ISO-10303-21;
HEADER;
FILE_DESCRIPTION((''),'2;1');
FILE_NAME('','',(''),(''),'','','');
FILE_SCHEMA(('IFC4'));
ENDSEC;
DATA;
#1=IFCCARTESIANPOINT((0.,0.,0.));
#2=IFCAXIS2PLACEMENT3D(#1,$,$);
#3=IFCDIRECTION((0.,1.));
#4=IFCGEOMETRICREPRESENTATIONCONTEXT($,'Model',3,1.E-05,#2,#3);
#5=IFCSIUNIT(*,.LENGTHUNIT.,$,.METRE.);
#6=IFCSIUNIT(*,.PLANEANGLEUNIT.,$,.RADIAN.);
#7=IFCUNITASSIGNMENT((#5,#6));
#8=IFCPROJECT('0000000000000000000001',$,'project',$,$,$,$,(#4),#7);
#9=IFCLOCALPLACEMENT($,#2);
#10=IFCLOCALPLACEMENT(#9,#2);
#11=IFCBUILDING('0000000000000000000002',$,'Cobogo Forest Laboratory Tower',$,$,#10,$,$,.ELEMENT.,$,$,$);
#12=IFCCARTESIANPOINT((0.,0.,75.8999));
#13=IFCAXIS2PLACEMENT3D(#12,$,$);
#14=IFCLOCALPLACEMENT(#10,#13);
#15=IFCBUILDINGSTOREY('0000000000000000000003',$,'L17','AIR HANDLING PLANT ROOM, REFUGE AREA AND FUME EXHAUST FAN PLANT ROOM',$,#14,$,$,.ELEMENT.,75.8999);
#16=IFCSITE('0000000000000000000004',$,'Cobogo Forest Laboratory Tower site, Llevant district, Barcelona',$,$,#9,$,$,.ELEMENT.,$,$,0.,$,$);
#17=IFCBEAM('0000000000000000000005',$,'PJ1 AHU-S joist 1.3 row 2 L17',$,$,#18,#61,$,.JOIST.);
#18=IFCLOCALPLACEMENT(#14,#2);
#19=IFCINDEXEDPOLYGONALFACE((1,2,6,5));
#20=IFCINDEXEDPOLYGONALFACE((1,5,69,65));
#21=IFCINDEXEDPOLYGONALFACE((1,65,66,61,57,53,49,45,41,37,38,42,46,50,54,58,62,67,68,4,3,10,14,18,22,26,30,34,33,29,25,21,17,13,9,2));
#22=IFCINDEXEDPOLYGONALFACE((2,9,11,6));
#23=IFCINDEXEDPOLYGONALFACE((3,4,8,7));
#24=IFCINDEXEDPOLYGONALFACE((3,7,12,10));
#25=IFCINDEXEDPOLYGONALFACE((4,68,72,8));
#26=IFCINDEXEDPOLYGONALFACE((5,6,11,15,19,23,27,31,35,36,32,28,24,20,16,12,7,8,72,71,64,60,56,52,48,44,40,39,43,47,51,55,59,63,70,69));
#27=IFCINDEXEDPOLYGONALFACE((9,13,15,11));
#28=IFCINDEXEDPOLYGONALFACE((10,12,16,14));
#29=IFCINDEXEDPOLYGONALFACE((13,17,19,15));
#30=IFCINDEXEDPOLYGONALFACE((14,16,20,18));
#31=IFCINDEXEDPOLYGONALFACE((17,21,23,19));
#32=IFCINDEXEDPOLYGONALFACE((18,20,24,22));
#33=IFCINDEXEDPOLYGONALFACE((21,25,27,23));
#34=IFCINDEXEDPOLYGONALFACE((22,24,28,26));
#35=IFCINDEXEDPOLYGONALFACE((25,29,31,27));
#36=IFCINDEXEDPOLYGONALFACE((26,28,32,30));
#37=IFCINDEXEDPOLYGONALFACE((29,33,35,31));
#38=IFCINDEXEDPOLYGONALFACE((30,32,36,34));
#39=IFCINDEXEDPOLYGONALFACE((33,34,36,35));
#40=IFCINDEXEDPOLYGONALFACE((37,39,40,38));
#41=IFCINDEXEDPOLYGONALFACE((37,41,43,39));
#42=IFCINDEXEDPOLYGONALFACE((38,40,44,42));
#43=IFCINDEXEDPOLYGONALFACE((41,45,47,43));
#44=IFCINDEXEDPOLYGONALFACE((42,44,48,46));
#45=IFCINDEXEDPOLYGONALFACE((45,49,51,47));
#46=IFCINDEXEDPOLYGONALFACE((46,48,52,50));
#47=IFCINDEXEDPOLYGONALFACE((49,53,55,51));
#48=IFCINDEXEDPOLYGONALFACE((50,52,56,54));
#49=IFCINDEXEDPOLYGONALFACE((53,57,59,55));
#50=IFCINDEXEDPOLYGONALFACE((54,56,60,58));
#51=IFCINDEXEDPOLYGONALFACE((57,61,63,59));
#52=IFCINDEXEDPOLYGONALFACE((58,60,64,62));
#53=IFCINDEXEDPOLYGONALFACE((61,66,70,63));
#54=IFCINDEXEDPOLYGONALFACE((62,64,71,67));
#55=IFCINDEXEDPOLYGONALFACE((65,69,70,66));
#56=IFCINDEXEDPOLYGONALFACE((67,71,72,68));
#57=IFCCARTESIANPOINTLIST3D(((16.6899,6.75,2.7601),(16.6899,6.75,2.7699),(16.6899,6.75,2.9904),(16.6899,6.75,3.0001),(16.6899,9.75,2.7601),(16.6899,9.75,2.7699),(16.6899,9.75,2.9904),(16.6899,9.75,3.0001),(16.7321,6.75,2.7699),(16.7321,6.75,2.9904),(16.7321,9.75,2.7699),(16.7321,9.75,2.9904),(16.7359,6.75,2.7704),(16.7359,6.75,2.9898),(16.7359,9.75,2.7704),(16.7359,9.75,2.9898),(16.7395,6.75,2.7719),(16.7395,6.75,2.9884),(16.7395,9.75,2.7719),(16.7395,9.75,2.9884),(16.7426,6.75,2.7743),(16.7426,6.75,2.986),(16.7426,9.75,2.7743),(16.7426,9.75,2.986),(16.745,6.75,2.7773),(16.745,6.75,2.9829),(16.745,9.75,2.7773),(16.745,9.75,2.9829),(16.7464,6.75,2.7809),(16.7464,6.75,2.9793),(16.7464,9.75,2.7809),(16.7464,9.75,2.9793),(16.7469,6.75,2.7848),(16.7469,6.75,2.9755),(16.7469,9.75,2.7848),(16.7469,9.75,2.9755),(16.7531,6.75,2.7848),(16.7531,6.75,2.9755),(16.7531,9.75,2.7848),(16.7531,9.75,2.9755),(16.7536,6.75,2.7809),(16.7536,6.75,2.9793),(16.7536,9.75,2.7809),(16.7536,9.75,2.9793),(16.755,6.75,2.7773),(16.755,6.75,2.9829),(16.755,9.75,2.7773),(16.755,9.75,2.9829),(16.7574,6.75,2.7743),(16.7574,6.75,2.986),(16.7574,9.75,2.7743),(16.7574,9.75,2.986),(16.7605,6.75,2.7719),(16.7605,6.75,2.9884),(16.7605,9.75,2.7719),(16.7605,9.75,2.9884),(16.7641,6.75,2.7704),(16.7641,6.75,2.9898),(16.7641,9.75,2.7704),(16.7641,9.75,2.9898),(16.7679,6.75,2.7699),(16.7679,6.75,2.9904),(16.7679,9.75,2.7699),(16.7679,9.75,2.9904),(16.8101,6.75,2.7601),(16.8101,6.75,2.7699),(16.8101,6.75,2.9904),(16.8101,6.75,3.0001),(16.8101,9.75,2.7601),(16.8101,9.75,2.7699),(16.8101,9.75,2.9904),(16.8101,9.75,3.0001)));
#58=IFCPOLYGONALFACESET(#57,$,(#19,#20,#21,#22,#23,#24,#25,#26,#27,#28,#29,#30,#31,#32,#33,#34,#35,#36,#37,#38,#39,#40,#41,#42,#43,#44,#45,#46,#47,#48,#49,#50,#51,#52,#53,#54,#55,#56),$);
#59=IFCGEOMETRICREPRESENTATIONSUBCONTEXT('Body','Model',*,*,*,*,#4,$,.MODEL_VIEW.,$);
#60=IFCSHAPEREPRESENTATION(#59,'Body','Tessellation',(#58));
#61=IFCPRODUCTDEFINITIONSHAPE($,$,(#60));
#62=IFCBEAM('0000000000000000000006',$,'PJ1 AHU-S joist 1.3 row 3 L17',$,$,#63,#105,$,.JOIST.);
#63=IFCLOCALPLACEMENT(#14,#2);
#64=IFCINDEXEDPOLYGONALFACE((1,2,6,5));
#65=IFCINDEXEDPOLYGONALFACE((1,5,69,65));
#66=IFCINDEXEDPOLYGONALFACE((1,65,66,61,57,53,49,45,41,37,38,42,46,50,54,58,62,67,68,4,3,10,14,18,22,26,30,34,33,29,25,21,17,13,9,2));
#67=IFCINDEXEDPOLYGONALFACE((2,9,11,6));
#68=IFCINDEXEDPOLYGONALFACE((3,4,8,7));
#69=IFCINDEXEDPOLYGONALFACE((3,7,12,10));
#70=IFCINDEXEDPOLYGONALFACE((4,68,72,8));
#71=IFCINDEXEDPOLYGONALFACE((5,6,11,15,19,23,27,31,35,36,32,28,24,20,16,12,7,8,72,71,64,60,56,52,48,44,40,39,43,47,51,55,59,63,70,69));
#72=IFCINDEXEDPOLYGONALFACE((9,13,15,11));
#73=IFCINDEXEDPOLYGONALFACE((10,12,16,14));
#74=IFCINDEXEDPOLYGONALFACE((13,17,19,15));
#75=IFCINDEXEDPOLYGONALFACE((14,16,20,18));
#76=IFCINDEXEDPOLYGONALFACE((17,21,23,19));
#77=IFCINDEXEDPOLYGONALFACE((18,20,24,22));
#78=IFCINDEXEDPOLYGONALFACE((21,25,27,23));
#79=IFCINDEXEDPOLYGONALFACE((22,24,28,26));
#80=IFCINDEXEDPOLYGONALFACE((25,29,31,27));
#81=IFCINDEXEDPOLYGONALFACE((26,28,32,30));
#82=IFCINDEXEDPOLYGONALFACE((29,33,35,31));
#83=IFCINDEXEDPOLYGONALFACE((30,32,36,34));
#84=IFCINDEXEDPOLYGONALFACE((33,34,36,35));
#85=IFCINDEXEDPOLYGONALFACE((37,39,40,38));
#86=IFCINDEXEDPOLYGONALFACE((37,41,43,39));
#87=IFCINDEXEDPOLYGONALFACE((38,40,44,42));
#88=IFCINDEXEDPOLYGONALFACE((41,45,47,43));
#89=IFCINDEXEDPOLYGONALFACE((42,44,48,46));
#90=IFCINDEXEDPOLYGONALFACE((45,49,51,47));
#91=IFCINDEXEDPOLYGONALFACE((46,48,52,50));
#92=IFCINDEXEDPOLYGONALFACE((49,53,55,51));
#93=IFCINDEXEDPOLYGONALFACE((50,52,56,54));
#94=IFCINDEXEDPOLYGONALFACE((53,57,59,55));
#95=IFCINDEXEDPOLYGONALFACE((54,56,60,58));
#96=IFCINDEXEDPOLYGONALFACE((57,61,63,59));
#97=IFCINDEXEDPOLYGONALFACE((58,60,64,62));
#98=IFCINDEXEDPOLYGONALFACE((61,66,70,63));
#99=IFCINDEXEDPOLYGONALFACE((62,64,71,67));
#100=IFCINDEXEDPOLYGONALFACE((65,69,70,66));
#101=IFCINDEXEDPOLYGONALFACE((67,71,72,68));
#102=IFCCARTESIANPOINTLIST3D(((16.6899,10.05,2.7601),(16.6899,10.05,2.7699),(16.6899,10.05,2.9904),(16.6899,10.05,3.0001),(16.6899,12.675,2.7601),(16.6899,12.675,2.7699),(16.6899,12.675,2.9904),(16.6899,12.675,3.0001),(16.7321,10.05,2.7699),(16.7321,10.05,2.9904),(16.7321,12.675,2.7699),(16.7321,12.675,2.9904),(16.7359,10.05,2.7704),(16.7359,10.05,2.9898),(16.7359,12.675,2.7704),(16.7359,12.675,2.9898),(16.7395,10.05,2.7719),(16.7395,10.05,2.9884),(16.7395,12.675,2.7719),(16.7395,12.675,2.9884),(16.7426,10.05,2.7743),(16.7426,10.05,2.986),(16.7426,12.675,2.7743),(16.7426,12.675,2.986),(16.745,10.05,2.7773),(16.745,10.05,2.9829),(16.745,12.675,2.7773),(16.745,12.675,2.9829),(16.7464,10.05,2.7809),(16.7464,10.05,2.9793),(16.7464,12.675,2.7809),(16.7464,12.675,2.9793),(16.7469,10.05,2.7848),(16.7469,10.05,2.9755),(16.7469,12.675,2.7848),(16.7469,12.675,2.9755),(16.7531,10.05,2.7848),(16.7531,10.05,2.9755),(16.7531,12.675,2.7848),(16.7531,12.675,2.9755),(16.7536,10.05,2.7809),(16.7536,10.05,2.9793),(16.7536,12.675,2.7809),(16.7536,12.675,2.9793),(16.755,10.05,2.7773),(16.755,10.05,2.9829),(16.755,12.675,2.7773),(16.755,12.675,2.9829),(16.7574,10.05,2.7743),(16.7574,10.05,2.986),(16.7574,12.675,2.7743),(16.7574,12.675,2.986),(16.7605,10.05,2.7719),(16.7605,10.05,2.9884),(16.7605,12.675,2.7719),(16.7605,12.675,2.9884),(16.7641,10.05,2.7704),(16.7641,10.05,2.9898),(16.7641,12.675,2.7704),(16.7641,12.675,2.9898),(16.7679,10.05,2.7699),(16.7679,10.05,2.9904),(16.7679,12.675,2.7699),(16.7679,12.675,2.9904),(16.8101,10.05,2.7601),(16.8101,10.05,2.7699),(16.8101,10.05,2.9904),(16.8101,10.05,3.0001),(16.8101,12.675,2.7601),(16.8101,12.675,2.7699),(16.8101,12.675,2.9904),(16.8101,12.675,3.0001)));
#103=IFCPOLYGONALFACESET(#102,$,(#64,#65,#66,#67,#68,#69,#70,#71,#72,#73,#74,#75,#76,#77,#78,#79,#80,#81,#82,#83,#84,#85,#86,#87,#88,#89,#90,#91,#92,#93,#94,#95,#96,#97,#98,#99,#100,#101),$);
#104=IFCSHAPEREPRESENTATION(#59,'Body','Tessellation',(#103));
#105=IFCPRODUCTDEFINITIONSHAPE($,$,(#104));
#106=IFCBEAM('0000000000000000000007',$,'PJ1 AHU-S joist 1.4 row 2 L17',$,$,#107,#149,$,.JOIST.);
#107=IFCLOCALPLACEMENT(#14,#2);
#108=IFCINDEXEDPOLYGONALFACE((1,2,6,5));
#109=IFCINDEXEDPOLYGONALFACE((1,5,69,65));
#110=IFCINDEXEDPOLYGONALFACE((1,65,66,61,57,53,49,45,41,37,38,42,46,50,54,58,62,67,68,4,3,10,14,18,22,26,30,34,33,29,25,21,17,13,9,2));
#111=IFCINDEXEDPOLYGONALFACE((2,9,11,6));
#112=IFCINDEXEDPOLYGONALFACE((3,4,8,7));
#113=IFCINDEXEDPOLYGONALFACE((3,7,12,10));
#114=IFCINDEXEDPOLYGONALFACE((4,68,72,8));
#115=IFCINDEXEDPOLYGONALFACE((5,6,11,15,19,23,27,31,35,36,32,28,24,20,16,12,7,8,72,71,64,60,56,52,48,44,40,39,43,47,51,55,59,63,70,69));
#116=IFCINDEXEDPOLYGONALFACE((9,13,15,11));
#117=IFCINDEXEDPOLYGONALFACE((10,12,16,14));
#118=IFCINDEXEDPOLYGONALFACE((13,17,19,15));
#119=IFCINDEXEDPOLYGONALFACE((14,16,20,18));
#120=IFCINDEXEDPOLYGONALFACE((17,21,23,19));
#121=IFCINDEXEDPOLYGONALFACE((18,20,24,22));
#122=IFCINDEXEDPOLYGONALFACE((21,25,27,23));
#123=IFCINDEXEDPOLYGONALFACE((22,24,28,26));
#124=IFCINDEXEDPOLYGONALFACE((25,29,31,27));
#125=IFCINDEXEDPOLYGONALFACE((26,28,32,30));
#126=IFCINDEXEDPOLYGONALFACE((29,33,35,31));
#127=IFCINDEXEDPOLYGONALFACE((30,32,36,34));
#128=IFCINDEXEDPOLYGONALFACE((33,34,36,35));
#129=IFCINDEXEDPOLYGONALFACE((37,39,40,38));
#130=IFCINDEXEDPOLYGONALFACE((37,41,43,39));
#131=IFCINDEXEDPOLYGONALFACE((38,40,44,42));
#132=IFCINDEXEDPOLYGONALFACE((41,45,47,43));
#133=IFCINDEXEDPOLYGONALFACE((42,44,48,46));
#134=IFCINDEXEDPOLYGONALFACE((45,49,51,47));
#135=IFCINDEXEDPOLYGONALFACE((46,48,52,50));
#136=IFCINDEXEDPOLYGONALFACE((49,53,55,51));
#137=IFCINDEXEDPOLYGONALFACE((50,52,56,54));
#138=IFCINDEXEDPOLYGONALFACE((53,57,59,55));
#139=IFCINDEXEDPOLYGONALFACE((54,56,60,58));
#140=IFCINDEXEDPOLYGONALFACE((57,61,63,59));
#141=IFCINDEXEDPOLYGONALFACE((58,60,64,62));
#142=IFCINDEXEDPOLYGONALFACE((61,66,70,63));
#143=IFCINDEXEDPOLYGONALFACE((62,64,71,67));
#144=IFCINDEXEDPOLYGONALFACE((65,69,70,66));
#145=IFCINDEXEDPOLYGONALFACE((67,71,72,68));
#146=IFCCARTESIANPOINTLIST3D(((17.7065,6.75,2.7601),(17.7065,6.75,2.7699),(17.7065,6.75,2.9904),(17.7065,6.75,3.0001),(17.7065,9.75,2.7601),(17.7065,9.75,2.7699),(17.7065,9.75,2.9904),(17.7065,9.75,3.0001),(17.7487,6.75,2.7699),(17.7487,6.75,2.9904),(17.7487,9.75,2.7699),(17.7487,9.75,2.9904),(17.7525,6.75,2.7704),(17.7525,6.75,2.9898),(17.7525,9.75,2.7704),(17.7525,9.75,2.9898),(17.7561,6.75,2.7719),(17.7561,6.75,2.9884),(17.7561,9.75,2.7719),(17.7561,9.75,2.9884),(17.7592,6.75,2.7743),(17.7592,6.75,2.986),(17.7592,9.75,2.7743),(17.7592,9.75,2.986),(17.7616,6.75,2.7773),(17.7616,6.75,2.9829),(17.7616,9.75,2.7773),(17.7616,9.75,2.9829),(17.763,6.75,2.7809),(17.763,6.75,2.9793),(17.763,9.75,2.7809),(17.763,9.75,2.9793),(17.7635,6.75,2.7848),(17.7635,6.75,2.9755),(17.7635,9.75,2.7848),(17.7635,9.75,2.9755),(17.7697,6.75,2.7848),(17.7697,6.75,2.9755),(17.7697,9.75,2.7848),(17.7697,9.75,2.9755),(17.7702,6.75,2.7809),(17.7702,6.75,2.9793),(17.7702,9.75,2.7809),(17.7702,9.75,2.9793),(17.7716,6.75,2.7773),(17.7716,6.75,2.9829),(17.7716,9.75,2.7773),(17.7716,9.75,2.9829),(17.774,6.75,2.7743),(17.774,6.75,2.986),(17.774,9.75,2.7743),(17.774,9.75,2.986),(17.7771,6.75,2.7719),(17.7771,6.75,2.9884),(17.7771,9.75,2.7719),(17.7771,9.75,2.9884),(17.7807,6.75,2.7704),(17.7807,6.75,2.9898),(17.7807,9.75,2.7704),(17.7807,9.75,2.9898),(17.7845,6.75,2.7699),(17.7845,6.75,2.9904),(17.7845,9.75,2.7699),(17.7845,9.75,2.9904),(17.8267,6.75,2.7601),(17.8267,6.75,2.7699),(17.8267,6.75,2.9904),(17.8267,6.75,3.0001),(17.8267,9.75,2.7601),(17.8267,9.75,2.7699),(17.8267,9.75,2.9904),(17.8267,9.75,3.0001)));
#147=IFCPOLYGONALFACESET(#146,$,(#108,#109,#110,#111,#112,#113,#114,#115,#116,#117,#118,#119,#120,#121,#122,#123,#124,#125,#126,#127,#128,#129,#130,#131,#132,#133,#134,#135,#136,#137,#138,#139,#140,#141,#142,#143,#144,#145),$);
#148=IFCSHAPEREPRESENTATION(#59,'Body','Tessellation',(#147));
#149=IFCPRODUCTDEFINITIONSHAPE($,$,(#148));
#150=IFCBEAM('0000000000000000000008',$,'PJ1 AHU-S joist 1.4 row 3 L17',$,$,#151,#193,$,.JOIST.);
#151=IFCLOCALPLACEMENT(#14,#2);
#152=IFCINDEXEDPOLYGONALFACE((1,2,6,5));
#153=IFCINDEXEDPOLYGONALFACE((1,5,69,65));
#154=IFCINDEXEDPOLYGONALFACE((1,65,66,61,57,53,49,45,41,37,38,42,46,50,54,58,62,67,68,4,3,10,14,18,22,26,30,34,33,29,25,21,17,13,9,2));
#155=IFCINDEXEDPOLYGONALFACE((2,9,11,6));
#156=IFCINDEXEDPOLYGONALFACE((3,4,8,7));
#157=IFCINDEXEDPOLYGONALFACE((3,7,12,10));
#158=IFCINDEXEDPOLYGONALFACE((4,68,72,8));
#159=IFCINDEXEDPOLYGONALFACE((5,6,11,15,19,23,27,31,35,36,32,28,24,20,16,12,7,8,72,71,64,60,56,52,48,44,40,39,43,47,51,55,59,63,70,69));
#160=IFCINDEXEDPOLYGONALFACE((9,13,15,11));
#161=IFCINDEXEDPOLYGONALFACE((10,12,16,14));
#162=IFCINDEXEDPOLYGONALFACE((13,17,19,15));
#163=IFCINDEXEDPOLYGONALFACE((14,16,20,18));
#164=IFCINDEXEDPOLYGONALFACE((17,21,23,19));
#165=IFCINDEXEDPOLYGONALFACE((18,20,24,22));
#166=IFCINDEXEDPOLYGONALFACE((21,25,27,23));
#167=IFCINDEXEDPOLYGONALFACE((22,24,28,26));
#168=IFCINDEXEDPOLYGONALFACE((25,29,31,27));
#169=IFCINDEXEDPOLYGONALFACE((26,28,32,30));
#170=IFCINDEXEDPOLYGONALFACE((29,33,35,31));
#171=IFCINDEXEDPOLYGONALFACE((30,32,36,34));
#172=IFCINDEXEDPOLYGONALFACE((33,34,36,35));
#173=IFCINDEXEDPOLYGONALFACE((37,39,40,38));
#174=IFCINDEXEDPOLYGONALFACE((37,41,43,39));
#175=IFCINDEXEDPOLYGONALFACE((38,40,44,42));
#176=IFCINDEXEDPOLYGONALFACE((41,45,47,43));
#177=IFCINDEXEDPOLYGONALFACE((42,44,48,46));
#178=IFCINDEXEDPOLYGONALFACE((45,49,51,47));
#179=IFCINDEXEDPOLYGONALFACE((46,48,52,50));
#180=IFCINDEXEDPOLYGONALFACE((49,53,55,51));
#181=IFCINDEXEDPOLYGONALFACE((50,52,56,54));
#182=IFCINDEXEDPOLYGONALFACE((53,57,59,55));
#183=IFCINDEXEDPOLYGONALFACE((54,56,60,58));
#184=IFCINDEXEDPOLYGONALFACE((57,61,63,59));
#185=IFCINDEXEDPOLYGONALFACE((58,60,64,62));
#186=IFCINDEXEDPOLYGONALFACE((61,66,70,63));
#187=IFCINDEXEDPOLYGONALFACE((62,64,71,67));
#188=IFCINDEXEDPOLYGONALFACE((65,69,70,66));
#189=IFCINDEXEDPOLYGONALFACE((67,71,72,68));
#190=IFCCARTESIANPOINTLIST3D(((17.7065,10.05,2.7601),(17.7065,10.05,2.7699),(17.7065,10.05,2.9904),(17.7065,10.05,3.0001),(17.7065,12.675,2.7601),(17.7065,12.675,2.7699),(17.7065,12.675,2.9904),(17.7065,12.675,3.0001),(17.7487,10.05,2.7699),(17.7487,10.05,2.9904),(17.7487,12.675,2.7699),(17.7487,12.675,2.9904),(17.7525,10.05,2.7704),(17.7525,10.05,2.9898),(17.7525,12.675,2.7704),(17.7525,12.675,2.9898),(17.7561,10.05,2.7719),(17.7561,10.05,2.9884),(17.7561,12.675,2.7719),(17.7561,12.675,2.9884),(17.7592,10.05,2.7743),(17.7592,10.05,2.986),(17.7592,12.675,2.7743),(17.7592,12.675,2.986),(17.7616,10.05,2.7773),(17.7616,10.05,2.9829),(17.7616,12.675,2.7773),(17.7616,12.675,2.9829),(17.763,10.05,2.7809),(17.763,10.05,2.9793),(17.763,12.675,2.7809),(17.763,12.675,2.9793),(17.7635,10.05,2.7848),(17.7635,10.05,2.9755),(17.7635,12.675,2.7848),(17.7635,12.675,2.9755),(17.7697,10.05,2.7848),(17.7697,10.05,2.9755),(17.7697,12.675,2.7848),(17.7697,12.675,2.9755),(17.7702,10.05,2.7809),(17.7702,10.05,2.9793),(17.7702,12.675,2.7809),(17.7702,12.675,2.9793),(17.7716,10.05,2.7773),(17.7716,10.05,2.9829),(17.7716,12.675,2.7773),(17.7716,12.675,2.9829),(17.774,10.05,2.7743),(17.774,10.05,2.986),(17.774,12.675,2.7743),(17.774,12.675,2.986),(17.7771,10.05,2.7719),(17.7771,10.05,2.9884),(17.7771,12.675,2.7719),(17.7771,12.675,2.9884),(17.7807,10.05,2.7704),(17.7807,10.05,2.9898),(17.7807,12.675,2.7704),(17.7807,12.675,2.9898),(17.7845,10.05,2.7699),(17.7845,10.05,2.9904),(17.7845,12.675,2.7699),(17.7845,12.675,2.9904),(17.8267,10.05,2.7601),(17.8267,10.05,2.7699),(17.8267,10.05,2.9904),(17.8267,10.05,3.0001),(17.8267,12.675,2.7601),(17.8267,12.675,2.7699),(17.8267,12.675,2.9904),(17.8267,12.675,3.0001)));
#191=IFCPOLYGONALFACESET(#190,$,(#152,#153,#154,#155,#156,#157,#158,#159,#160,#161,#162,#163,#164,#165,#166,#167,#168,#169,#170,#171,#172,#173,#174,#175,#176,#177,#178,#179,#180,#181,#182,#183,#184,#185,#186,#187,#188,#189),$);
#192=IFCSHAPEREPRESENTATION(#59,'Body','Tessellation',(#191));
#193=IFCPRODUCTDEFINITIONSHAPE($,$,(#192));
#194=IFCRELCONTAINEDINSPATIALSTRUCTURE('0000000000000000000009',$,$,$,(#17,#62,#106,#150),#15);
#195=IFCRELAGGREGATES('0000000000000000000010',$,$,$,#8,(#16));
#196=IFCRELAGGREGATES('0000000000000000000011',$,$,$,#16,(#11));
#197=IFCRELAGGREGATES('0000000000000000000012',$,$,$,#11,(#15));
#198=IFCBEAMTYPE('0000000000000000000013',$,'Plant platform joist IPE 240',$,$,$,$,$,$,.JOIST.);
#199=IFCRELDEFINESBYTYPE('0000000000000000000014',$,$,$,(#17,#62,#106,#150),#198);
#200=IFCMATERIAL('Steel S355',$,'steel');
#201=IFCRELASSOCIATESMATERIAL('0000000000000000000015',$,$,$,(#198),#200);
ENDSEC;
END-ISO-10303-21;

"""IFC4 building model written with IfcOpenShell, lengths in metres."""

from ifc_helpers import new_model, si_unit, direction, frame, origin, origin_2d, place, context, subcontext, project, spatial, i_section, extrude, material, material_profile, profile_set, type_object, element, save


model = new_model("IFC4")

# Units and contexts
model_context = context("Model", 3, precision=1e-05, world=origin(), true_north=direction((0.0, 1.0)))
body_context = subcontext(model_context, "Body", "Model", "MODEL_VIEW")
ifc_project = project(units=[si_unit("LENGTHUNIT", "METRE"), si_unit("PLANEANGLEUNIT", "RADIAN")], contexts=[model_context])

# Site, building, storey
site_placement = place(None, origin())
site = spatial("IfcSite", under=ifc_project, at=site_placement, Name="Cobogo Forest Laboratory Tower site, Llevant district, Barcelona", CompositionType="ELEMENT", RefElevation=0.0)
building_placement = place(site_placement, origin())
building = spatial("IfcBuilding", under=site, at=building_placement, Name="Cobogo Forest Laboratory Tower", CompositionType="ELEMENT")
storey_placement = place(building_placement, frame((0.0, 0.0, 75.8999)))
storey = spatial("IfcBuildingStorey", under=building, at=storey_placement, Name="L17", Description="AIR HANDLING PLANT ROOM, REFUGE AREA AND FUME EXHAUST FAN PLANT ROOM", CompositionType="ELEMENT", Elevation=75.8999)

# Beams
ifc_material_1 = material(Name="Steel S355", Category="steel")
ifc_material_profile_1 = material_profile(ifc_material_1, i_section(OverallWidth=0.1201, OverallDepth=0.24, WebThickness=0.0061, FlangeThickness=0.0098, FilletRadius=0.0149, at=origin_2d()), Name="IPE 240")
ifc_profile_set_1 = profile_set([ifc_material_profile_1], Name="Steel S355")
beam_type_1 = type_object("IfcBeamType", Name="Plant platform joist IPE 240", PredefinedType="JOIST", material=ifc_profile_set_1)
beam_1_placement = place(storey_placement, frame((16.75, 6.75, 2.8801), z_axis=(0.0, 1.0, 0.0), x_axis=(-1.0, 0.0, 0.0)))
element("IfcBeam", 1, at=beam_1_placement, inside=storey, type_object=beam_type_1, Name="PJ1 AHU-S joist 1.3 row 2 L17", PredefinedType="JOIST", context=body_context, shape_type="SweptSolid", body=[
    extrude(i_section(OverallWidth=0.1201, OverallDepth=0.24, WebThickness=0.0061, FlangeThickness=0.0098, FilletRadius=0.0149, at=origin_2d()), origin(), (0.0, 0.0, 1.0), 3.0),
])
beam_2_placement = place(storey_placement, frame((16.75, 10.05, 2.8801), z_axis=(0.0, 1.0, 0.0), x_axis=(-1.0, 0.0, 0.0)))
element("IfcBeam", 2, at=beam_2_placement, inside=storey, type_object=beam_type_1, Name="PJ1 AHU-S joist 1.3 row 3 L17", PredefinedType="JOIST", context=body_context, shape_type="SweptSolid", body=[
    extrude(i_section(OverallWidth=0.1201, OverallDepth=0.24, WebThickness=0.0061, FlangeThickness=0.0098, FilletRadius=0.0149, at=origin_2d()), origin(), (0.0, 0.0, 1.0), 2.625),
])
beam_3_placement = place(storey_placement, frame((17.7666, 6.75, 2.8801), z_axis=(0.0, 1.0, 0.0), x_axis=(-1.0, 0.0, 0.0)))
element("IfcBeam", 3, at=beam_3_placement, inside=storey, type_object=beam_type_1, Name="PJ1 AHU-S joist 1.4 row 2 L17", PredefinedType="JOIST", context=body_context, shape_type="SweptSolid", body=[
    extrude(i_section(OverallWidth=0.1201, OverallDepth=0.24, WebThickness=0.0061, FlangeThickness=0.0098, FilletRadius=0.0149, at=origin_2d()), origin(), (0.0, 0.0, 1.0), 3.0),
])
beam_4_placement = place(storey_placement, frame((17.7666, 10.05, 2.8801), z_axis=(0.0, 1.0, 0.0), x_axis=(-1.0, 0.0, 0.0)))
element("IfcBeam", 4, at=beam_4_placement, inside=storey, type_object=beam_type_1, Name="PJ1 AHU-S joist 1.4 row 3 L17", PredefinedType="JOIST", context=body_context, shape_type="SweptSolid", body=[
    extrude(i_section(OverallWidth=0.1201, OverallDepth=0.24, WebThickness=0.0061, FlangeThickness=0.0098, FilletRadius=0.0149, at=origin_2d()), origin(), (0.0, 0.0, 1.0), 2.625),
])

save(model, "model.ifc")
